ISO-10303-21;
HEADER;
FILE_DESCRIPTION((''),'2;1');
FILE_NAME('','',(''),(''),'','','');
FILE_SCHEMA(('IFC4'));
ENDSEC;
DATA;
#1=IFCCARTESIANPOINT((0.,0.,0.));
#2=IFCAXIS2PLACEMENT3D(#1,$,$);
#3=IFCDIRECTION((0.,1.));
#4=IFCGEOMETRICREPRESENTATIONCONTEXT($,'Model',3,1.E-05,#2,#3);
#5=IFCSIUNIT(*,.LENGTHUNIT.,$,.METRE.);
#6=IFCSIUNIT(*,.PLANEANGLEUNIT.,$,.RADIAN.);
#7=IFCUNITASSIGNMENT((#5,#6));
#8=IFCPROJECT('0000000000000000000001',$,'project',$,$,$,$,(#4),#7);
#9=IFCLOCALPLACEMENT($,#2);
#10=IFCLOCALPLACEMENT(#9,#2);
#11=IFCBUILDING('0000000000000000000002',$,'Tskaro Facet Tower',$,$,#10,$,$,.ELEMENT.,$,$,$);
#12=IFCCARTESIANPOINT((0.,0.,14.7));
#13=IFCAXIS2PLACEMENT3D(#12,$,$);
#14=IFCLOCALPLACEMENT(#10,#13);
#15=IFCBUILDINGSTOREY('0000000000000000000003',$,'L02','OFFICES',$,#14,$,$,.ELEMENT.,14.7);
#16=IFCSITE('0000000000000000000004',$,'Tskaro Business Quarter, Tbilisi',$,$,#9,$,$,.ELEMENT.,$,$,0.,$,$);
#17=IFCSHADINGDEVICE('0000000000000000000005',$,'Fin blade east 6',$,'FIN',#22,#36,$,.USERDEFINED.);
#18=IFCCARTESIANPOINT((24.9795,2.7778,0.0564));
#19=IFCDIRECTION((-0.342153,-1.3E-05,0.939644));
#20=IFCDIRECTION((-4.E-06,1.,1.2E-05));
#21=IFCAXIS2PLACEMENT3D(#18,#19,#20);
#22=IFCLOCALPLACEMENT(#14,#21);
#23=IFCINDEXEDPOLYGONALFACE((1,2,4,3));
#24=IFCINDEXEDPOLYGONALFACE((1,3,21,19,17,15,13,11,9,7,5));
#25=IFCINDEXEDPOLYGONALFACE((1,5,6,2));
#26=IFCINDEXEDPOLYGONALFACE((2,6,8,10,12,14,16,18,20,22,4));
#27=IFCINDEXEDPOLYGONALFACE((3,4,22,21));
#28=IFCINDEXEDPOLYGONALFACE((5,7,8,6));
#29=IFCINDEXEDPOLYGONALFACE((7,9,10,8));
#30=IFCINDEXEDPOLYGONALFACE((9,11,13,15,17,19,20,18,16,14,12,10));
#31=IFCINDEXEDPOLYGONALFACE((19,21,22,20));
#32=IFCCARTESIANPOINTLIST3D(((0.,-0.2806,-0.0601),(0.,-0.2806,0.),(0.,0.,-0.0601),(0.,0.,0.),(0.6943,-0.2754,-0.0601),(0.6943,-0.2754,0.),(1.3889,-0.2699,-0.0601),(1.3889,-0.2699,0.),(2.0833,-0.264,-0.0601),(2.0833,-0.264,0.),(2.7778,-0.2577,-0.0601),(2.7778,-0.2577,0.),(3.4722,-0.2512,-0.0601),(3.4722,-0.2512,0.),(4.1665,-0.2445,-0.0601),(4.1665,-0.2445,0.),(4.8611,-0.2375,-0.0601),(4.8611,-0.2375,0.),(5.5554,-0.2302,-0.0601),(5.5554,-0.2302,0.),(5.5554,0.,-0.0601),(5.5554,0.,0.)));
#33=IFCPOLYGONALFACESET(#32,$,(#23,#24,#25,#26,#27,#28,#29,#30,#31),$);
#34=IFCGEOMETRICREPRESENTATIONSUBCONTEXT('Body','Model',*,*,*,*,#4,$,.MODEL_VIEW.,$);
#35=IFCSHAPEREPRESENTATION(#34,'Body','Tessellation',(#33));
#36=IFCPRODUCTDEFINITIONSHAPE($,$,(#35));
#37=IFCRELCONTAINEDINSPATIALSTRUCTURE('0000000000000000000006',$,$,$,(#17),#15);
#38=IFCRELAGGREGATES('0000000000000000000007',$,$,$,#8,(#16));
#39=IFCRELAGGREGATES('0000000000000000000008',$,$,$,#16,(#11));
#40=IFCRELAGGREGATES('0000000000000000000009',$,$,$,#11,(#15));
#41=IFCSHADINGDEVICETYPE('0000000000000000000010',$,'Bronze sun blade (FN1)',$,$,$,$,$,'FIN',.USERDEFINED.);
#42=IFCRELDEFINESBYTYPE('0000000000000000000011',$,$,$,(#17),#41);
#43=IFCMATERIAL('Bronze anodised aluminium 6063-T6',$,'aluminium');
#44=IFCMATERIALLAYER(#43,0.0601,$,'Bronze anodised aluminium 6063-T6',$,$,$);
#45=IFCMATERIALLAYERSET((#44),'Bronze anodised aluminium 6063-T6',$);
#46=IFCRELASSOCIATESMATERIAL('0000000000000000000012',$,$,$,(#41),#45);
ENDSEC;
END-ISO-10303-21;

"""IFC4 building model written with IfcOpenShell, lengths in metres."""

from ifc_helpers import new_model, si_unit, direction, frame, origin, place, context, subcontext, project, spatial, polyline, outline, extrude, material, layer, layer_set, type_object, element, save


model = new_model("IFC4")

# Units and contexts
model_context = context("Model", 3, precision=1e-05, world=origin(), true_north=direction((0.0, 1.0)))
body_context = subcontext(model_context, "Body", "Model", "MODEL_VIEW")
ifc_project = project(units=[si_unit("LENGTHUNIT", "METRE"), si_unit("PLANEANGLEUNIT", "RADIAN")], contexts=[model_context])

# Site, building, storey
site_placement = place(None, origin())
site = spatial("IfcSite", under=ifc_project, at=site_placement, Name="Tskaro Business Quarter, Tbilisi", CompositionType="ELEMENT", RefElevation=0.0)
building_placement = place(site_placement, origin())
building = spatial("IfcBuilding", under=site, at=building_placement, Name="Tskaro Facet Tower", CompositionType="ELEMENT")
storey_placement = place(building_placement, frame((0.0, 0.0, 14.7)))
storey = spatial("IfcBuildingStorey", under=building, at=storey_placement, Name="L02", Description="OFFICES", CompositionType="ELEMENT", Elevation=14.7)

# Shared definitions
ifc_material_1 = material(Name="Bronze anodised aluminium 6063-T6", Category="aluminium")

# Shading device
ifc_layer_1 = layer(ifc_material_1, 0.0601, Name="Bronze anodised aluminium 6063-T6")
ifc_layer_set_1 = layer_set([ifc_layer_1], Name="Bronze anodised aluminium 6063-T6")
shading_device_type = type_object("IfcShadingDeviceType", Name="Bronze sun blade (FN1)", ElementType="FIN", PredefinedType="USERDEFINED", material=ifc_layer_set_1)
shading_device_1_placement = place(storey_placement, frame((24.9795, 2.7778, 0.0564), z_axis=(-0.342153, -0.000013, 0.939644), x_axis=(-0.000004, 1.0, 0.000012)))
element("IfcShadingDevice", 1, at=shading_device_1_placement, inside=storey, type_object=shading_device_type, Name="Fin blade east 6", ObjectType="FIN", PredefinedType="USERDEFINED", context=body_context, shape_type="SweptSolid", body=[
    extrude(outline(polyline([(0.0, 0.0), (5.5554, 0.0), (5.5554, -0.2302), (4.8611, -0.2375), (4.1665, -0.2445), (3.4722, -0.2512), (2.7778, -0.2577), (2.0833, -0.264), (1.3889, -0.2699), (0.6943, -0.2754), (0.0, -0.2806), (0.0, 0.0)])), origin(), (0.0, 0.0, -1.0), 0.0601),
])

save(model, "model.ifc")
